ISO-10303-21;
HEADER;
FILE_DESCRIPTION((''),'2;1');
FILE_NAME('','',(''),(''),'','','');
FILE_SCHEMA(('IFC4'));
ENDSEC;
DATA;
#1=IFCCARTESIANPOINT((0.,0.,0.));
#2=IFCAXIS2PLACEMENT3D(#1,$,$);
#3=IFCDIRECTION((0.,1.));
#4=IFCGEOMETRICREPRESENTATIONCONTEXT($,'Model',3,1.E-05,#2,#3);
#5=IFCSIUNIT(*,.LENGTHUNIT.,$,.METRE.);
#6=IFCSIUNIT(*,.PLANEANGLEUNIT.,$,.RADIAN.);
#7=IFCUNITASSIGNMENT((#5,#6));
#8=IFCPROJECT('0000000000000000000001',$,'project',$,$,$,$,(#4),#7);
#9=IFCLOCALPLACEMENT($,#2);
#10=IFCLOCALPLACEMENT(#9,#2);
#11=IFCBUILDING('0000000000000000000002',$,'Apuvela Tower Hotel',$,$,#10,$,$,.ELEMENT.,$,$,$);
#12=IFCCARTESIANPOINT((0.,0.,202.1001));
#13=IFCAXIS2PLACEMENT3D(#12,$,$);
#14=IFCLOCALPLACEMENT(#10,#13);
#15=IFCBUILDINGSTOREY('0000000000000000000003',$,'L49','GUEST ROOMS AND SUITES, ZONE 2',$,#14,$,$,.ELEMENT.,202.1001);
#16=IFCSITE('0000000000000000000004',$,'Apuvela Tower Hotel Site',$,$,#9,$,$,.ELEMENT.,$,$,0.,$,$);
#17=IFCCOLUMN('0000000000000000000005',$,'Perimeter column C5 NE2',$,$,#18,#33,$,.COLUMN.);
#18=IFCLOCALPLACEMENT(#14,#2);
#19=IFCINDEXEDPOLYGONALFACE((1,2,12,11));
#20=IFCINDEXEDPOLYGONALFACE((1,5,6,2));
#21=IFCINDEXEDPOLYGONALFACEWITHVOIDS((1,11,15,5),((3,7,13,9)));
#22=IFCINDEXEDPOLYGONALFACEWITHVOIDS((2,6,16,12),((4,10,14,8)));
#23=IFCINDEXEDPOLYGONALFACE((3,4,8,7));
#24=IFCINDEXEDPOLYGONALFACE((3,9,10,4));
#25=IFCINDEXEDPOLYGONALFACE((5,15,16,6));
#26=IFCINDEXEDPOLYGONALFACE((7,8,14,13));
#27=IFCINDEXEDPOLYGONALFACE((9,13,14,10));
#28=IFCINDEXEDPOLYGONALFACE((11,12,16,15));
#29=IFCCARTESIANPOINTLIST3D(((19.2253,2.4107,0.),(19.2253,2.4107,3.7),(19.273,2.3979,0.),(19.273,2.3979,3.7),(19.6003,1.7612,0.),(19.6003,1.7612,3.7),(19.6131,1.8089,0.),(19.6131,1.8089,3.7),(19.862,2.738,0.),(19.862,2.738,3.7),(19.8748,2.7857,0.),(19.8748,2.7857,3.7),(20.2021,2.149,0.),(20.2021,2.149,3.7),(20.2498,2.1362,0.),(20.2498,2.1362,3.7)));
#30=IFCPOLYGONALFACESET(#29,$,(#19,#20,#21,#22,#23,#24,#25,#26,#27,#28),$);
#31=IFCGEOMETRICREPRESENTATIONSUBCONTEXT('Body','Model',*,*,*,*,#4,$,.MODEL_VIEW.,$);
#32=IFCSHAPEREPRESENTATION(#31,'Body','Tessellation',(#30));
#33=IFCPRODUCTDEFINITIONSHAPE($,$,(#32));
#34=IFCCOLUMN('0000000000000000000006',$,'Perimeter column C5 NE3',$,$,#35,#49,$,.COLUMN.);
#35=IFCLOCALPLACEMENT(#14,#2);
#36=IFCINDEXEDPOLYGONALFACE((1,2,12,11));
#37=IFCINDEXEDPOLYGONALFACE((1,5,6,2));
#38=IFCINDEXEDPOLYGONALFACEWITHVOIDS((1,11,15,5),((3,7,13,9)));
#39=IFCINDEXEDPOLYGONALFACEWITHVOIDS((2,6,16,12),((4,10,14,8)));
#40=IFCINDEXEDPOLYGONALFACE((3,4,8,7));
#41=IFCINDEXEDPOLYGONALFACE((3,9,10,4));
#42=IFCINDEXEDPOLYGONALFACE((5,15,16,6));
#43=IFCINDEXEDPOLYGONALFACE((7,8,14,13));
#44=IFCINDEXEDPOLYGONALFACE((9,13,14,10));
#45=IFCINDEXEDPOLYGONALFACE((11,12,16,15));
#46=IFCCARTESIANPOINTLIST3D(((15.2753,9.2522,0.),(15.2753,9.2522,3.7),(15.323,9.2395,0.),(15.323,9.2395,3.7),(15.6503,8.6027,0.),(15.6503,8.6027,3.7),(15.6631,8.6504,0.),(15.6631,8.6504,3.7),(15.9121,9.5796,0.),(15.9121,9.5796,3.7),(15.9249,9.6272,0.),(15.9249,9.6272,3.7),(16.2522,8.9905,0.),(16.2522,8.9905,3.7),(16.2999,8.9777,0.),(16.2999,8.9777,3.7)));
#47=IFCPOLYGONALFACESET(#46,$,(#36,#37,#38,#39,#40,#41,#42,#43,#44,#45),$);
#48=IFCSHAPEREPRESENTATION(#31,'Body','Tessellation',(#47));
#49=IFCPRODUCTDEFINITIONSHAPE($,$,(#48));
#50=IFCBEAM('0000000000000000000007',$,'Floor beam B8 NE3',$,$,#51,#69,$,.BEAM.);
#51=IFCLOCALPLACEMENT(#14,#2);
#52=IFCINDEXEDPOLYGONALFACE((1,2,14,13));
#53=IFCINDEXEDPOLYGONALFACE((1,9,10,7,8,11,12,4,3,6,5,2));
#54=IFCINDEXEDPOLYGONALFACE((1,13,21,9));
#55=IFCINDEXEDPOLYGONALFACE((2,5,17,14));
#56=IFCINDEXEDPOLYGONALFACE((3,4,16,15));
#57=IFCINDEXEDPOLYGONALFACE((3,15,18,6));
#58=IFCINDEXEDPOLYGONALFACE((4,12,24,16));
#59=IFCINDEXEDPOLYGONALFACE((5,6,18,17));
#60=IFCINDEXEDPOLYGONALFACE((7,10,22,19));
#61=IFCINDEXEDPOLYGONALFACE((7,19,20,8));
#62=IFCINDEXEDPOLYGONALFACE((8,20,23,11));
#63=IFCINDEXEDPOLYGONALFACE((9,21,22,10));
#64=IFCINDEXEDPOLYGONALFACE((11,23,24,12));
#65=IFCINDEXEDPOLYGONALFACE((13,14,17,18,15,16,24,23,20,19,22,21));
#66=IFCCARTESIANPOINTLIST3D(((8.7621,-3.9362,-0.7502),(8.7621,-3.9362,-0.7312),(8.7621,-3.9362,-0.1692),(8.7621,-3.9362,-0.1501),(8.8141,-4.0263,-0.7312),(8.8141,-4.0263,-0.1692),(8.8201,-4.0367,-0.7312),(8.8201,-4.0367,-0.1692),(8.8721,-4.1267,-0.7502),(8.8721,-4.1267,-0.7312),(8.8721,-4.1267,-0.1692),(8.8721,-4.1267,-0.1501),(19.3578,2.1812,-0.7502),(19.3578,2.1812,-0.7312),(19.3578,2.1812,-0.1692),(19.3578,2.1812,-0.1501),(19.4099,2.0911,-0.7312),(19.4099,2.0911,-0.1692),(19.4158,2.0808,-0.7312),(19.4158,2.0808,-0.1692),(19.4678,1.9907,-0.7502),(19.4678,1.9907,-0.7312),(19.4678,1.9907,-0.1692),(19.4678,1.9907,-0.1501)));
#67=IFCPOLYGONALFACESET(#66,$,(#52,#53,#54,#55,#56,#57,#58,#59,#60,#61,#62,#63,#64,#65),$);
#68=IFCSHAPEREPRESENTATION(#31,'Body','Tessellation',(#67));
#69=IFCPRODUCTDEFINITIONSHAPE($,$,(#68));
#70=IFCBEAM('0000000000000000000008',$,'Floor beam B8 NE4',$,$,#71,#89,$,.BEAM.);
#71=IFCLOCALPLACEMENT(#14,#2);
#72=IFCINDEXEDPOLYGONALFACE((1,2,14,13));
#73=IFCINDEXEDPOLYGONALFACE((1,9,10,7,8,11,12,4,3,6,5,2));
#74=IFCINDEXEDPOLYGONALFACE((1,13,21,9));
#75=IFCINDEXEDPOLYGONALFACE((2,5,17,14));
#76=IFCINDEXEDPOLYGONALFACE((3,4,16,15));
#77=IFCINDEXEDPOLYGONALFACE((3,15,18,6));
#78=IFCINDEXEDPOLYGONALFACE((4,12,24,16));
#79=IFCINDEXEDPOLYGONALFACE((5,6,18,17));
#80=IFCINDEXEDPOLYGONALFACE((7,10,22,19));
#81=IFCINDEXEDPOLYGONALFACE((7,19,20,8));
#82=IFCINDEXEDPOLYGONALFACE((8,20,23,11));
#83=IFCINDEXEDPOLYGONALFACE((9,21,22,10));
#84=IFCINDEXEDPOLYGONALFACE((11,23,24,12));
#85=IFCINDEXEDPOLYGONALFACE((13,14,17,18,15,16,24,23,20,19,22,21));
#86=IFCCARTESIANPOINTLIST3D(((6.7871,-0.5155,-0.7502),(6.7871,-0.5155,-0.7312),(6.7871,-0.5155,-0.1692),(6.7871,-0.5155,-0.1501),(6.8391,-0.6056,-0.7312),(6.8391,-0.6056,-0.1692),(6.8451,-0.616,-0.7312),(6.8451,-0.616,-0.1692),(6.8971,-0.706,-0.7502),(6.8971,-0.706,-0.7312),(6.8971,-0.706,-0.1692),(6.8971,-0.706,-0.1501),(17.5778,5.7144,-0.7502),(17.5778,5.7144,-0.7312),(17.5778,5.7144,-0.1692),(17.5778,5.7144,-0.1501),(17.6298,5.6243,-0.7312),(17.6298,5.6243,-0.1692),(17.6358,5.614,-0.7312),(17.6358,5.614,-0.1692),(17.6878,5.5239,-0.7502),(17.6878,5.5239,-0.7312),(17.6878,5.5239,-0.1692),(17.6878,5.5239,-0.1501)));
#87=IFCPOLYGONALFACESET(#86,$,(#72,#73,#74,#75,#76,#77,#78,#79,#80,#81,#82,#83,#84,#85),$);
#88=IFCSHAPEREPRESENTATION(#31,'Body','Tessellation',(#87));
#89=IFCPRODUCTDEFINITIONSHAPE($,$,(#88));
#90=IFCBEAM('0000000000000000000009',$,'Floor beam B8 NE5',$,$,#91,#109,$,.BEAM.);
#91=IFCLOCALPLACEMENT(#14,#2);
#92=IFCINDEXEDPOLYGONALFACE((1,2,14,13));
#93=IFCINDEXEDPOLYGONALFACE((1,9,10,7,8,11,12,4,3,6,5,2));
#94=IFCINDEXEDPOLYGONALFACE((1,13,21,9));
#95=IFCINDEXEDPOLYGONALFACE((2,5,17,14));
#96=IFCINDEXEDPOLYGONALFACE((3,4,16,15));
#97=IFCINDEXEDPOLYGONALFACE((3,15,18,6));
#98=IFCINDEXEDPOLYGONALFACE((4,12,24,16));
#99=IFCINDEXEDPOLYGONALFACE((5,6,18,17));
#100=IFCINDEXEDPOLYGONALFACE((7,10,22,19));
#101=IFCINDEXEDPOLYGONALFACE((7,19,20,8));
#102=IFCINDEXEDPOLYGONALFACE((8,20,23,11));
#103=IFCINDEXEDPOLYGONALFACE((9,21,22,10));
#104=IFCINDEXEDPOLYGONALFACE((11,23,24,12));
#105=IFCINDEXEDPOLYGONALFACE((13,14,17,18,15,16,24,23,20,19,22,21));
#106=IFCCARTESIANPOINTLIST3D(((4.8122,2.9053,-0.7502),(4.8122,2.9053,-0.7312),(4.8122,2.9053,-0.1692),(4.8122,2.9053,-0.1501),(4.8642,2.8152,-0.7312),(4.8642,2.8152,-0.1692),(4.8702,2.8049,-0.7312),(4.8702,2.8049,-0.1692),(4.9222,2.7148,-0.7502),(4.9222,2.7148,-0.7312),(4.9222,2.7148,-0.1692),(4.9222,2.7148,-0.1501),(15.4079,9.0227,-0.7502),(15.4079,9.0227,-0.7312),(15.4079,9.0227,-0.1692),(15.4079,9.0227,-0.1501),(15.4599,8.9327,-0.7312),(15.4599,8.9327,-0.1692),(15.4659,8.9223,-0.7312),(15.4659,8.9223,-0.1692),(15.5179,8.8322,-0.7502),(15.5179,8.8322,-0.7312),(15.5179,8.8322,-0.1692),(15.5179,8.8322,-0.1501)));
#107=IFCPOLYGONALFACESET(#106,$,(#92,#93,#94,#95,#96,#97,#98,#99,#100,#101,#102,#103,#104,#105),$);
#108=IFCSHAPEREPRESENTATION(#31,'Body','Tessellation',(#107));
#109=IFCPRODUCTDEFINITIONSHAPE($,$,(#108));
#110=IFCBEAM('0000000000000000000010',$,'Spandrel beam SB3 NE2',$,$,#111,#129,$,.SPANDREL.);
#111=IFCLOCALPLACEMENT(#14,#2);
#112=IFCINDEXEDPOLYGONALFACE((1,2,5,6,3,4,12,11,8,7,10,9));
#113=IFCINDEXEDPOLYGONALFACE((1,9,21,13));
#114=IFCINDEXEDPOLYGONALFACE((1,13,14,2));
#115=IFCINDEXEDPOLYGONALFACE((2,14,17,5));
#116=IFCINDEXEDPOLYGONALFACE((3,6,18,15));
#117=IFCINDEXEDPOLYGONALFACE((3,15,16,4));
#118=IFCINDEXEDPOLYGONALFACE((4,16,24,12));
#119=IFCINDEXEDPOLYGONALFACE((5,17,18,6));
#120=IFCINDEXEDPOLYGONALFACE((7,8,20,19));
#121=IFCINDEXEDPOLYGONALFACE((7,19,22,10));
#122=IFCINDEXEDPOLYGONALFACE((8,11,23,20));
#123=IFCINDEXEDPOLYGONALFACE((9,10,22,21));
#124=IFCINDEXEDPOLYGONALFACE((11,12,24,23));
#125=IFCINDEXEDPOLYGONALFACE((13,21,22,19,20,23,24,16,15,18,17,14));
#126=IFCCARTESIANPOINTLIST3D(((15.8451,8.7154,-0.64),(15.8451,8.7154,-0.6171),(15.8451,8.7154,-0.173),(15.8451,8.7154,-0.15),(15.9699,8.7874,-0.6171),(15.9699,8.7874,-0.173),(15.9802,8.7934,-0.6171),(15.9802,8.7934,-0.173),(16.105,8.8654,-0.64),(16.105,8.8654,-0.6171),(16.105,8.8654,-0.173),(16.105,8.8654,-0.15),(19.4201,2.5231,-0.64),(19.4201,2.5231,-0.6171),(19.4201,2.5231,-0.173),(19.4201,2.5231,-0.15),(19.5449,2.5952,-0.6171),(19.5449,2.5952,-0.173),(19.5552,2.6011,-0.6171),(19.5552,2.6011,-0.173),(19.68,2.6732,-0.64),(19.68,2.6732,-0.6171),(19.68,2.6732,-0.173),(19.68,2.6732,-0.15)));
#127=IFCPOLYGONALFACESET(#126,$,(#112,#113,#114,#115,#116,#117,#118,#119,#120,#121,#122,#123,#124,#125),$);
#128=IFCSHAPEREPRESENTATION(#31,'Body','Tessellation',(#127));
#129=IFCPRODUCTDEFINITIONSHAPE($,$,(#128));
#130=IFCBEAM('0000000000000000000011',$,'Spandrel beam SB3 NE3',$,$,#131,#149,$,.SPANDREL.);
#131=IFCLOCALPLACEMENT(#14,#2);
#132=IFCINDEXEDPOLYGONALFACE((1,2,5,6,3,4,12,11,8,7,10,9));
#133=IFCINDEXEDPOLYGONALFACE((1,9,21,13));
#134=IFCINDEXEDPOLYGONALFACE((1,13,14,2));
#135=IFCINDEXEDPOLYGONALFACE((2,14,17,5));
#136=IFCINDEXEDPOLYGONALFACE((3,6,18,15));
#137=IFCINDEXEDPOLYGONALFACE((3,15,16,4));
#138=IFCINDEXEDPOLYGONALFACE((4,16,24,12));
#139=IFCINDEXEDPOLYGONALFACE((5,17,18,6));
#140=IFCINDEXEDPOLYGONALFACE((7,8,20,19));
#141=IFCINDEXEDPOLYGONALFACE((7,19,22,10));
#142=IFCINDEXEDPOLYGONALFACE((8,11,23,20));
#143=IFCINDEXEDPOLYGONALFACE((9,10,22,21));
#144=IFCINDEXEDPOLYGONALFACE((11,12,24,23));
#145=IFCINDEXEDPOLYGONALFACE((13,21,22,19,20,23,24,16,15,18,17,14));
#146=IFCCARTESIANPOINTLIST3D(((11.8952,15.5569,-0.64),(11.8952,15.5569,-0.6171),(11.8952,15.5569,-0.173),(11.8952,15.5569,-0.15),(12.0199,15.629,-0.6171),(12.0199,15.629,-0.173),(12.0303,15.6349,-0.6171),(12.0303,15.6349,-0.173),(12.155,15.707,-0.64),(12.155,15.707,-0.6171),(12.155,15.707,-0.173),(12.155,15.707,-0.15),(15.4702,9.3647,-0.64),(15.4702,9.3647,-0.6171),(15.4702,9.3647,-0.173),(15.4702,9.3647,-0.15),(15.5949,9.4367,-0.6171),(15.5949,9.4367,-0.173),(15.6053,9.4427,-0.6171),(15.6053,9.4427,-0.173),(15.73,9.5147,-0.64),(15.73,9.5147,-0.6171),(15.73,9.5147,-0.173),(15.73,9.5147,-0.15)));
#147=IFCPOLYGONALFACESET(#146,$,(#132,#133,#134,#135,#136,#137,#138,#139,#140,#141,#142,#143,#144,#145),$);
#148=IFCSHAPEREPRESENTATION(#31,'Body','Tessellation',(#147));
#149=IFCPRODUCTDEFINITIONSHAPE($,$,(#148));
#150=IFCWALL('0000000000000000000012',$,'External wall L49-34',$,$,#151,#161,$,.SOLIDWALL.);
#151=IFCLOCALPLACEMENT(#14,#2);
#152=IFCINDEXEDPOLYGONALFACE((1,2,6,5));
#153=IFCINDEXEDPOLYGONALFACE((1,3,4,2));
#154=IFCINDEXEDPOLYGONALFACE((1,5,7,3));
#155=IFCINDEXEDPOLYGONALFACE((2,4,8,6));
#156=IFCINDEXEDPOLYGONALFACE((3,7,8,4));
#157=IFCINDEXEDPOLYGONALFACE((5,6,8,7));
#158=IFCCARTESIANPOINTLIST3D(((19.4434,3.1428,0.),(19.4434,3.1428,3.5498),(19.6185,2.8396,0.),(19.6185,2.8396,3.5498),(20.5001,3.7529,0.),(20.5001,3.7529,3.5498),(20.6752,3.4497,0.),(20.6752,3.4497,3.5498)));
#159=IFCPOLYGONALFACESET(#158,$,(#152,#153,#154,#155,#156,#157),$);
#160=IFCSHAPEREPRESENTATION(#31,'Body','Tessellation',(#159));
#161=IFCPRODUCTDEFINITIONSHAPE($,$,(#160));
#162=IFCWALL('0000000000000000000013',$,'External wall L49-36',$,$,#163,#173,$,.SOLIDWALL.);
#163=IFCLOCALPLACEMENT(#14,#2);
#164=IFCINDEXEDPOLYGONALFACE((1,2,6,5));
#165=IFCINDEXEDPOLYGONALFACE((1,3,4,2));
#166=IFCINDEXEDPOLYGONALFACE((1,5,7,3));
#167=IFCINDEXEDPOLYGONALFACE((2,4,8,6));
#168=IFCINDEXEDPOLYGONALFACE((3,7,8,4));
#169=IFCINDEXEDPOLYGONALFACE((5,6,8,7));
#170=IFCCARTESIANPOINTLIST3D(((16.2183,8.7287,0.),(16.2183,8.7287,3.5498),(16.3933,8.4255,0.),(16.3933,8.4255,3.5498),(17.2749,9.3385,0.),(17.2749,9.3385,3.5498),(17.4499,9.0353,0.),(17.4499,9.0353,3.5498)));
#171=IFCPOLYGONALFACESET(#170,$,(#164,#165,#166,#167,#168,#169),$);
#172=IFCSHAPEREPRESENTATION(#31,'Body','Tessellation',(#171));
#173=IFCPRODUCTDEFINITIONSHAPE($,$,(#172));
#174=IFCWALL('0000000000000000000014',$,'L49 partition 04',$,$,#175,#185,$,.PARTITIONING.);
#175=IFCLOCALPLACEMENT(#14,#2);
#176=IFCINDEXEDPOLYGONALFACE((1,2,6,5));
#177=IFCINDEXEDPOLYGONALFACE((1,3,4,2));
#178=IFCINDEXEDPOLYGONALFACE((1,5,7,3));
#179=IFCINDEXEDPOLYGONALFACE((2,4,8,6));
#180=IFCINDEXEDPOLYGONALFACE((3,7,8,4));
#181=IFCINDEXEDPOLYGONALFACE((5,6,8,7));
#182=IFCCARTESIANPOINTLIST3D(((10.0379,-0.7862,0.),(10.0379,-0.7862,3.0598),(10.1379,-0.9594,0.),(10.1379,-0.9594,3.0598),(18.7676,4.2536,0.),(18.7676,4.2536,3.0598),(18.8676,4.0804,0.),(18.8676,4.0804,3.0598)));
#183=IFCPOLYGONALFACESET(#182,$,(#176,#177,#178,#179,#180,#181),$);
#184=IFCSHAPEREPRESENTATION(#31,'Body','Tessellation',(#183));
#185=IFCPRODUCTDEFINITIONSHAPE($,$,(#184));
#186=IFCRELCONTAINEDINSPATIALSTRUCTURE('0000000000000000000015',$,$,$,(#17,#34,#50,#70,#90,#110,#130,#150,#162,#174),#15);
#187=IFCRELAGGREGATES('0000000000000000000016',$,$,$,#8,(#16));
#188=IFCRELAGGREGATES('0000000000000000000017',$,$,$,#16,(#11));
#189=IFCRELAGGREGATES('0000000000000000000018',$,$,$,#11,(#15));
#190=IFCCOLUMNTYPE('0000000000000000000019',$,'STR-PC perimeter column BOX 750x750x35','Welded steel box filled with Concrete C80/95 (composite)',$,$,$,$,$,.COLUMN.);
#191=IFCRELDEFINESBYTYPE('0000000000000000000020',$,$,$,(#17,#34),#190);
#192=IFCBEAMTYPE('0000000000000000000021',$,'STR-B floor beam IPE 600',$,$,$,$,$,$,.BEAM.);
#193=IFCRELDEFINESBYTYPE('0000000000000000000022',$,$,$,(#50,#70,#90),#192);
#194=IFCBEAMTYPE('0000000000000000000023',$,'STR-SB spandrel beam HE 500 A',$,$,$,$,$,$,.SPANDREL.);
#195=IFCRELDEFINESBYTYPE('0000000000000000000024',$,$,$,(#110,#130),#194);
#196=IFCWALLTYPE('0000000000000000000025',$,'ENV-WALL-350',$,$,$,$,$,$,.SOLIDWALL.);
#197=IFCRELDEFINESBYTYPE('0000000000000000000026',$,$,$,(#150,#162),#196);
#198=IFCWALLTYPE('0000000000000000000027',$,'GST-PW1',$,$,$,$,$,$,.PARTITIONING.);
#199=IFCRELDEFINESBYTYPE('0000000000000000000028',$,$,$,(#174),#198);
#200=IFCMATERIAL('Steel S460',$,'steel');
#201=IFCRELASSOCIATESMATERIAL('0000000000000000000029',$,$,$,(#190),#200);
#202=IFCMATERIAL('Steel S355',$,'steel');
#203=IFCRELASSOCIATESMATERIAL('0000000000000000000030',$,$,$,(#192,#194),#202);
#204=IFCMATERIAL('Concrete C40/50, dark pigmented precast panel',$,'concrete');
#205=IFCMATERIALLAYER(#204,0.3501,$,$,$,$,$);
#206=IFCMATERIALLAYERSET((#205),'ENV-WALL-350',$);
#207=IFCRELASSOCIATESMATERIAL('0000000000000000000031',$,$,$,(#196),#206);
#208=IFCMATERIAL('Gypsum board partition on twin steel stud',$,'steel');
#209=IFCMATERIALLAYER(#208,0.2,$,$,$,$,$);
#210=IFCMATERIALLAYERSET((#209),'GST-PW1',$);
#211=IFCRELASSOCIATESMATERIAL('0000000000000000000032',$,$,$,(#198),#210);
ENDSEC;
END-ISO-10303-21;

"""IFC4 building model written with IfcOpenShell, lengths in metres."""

from ifc_helpers import new_model, si_unit, direction, frame, frame_2d, origin, origin_2d, place, context, subcontext, project, spatial, rectangle, hollow_rectangle, i_section, extrude, material, layer, layer_set, material_profile, profile_set, type_object, element, save


model = new_model("IFC4")

# Units and contexts
model_context = context("Model", 3, precision=1e-05, world=origin(), true_north=direction((0.0, 1.0)))
body_context = subcontext(model_context, "Body", "Model", "MODEL_VIEW")
ifc_project = project(units=[si_unit("LENGTHUNIT", "METRE"), si_unit("PLANEANGLEUNIT", "RADIAN")], contexts=[model_context])

# Site, building, storey
site_placement = place(None, origin())
site = spatial("IfcSite", under=ifc_project, at=site_placement, Name="Apuvela Tower Hotel Site", CompositionType="ELEMENT", RefElevation=0.0)
building_placement = place(site_placement, origin())
building = spatial("IfcBuilding", under=site, at=building_placement, Name="Apuvela Tower Hotel", CompositionType="ELEMENT")
storey_placement = place(building_placement, frame((0.0, 0.0, 202.1001)))
storey = spatial("IfcBuildingStorey", under=building, at=storey_placement, Name="L49", Description="GUEST ROOMS AND SUITES, ZONE 2", CompositionType="ELEMENT", Elevation=202.1001)

# Columns
ifc_material_1 = material(Name="Steel S460", Category="steel")
ifc_material_profile_1 = material_profile(ifc_material_1, hollow_rectangle(XDim=0.75, YDim=0.75, WallThickness=0.0349, at=origin_2d()), Name="BOX 750x750x35")
ifc_material_2 = material(Name="Concrete C80/95", Category="concrete")
ifc_material_profile_2 = material_profile(ifc_material_2, rectangle(XDim=0.6799, YDim=0.6799, at=origin_2d()), Name="Concrete C80/95 infill")
ifc_profile_set_1 = profile_set([ifc_material_profile_1, ifc_material_profile_2], Name="Steel S460")
column_type = type_object("IfcColumnType", Name="STR-PC perimeter column BOX 750x750x35", Description="Welded steel box filled with Concrete C80/95 (composite)", PredefinedType="COLUMN", material=ifc_profile_set_1)
for number, where, z_axis, x_axis, name in (
    (1, (19.7375, 2.2734, 0.0), (0.0, 0.0, 1.0), (-0.5, 0.866025, 0.0), "Perimeter column C5 NE2"),
    (2, (15.7876, 9.115, 0.0), (0.0, 0.0, 1.0), (-0.5, 0.866025, 0.0), "Perimeter column C5 NE3"),
):
    element("IfcColumn", number, at=place(storey_placement, frame(where, z_axis=z_axis, x_axis=x_axis)), inside=storey, type_object=column_type, Name=name, PredefinedType="COLUMN", context=body_context, shape_type="SweptSolid", body=[
        extrude(hollow_rectangle(XDim=0.75, YDim=0.75, WallThickness=0.0349, at=origin_2d()), origin(), (0.0, 0.0, 1.0), 3.7),
    ])

# Beams
ifc_material_3 = material(Name="Steel S355", Category="steel")
ifc_material_profile_3 = material_profile(ifc_material_3, i_section(OverallWidth=0.22, OverallDepth=0.6001, WebThickness=0.012, FlangeThickness=0.019, at=origin_2d()), Name="IPE 600")
ifc_profile_set_2 = profile_set([ifc_material_profile_3], Name="Steel S355")
beam_type_1 = type_object("IfcBeamType", Name="STR-B floor beam IPE 600", PredefinedType="BEAM", material=ifc_profile_set_2)
beam_1_placement = place(storey_placement, frame((19.4128, 2.0859, -0.4502), z_axis=(-0.866025, -0.5, 0.0), x_axis=(0.5, -0.866025, 0.0)))
element("IfcBeam", 3, at=beam_1_placement, inside=storey, type_object=beam_type_1, Name="Floor beam B8 NE3", PredefinedType="BEAM", context=body_context, shape_type="SweptSolid", body=[
    extrude(i_section(OverallWidth=0.22, OverallDepth=0.6001, WebThickness=0.012, FlangeThickness=0.019, at=origin_2d()), origin(), (0.0, 0.0, 1.0), 12.2349),
])
beam_2_placement = place(storey_placement, frame((17.6328, 5.6191, -0.4502), z_axis=(-0.866028, -0.499996, 0.0), x_axis=(0.499996, -0.866028, 0.0)))
element("IfcBeam", 4, at=beam_2_placement, inside=storey, type_object=beam_type_1, Name="Floor beam B8 NE4", PredefinedType="BEAM", context=body_context, shape_type="SweptSolid", body=[
    extrude(i_section(OverallWidth=0.22, OverallDepth=0.6001, WebThickness=0.012, FlangeThickness=0.019, at=origin_2d()), origin(), (0.0, 0.0, 1.0), 12.46),
])
beam_3_placement = place(storey_placement, frame((15.4629, 8.9275, -0.4502), z_axis=(-0.866025, -0.5, 0.0), x_axis=(0.5, -0.866025, 0.0)))
element("IfcBeam", 5, at=beam_3_placement, inside=storey, type_object=beam_type_1, Name="Floor beam B8 NE5", PredefinedType="BEAM", context=body_context, shape_type="SweptSolid", body=[
    extrude(i_section(OverallWidth=0.22, OverallDepth=0.6001, WebThickness=0.012, FlangeThickness=0.019, at=origin_2d()), origin(), (0.0, 0.0, 1.0), 12.2349),
])
ifc_material_profile_4 = material_profile(ifc_material_3, i_section(OverallWidth=0.3, OverallDepth=0.49, WebThickness=0.012, FlangeThickness=0.0229, at=origin_2d()), Name="HE 500 A")
ifc_profile_set_3 = profile_set([ifc_material_profile_4], Name="Steel S355")
beam_type_2 = type_object("IfcBeamType", Name="STR-SB spandrel beam HE 500 A", PredefinedType="SPANDREL", material=ifc_profile_set_3)
for number, where, z_axis, x_axis, name in (
    (6, (19.55, 2.5981, -0.395), (-0.499991, 0.86603, 0.0), (-0.86603, -0.499991, 0.0), "Spandrel beam SB3 NE2"),
    (7, (15.6001, 9.4397, -0.395), (-0.499991, 0.86603, 0.0), (-0.86603, -0.499991, 0.0), "Spandrel beam SB3 NE3"),
):
    element("IfcBeam", number, at=place(storey_placement, frame(where, z_axis=z_axis, x_axis=x_axis)), inside=storey, type_object=beam_type_2, Name=name, PredefinedType="SPANDREL", context=body_context, shape_type="SweptSolid", body=[
        extrude(i_section(OverallWidth=0.3, OverallDepth=0.49, WebThickness=0.012, FlangeThickness=0.0229, at=origin_2d()), origin(), (0.0, 0.0, 1.0), 7.1501),
    ])

# Wall
ifc_material_4 = material(Name="Concrete C40/50, dark pigmented precast panel", Category="concrete")
ifc_layer_1 = layer(ifc_material_4, 0.3501)
ifc_layer_set_1 = layer_set([ifc_layer_1], Name="ENV-WALL-350")
wall_type_1 = type_object("IfcWallType", Name="ENV-WALL-350", PredefinedType="SOLIDWALL", material=ifc_layer_set_1)
wall_1_placement = place(storey_placement, frame((20.5876, 3.6013, 0.0), z_axis=(0.0, 0.0, 1.0), x_axis=(-0.866006, -0.500034, 0.0)))
element("IfcWall", 8, at=wall_1_placement, inside=storey, type_object=wall_type_1, Name="External wall L49-34", PredefinedType="SOLIDWALL", context=body_context, shape_type="SweptSolid", body=[
    extrude(rectangle(XDim=1.2202, YDim=0.3501, at=frame_2d((0.6101, 0.0))), origin(), (0.0, 0.0, 1.0), 3.5498),
])

# Wall
wall_2_placement = place(storey_placement, frame((16.3059, 8.5771, 0.0), z_axis=(0.0, 0.0, 1.0), x_axis=(0.866092, 0.499884, 0.0)))
element("IfcWall", 9, at=wall_2_placement, inside=storey, type_object=wall_type_1, Name="External wall L49-36", PredefinedType="SOLIDWALL", context=body_context, shape_type="SweptSolid", body=[
    extrude(rectangle(XDim=1.22, YDim=0.3501, at=frame_2d((0.6099, 0.0))), origin(), (0.0, 0.0, 1.0), 3.5498),
])

# Wall
ifc_material_5 = material(Name="Gypsum board partition on twin steel stud", Category="steel")
ifc_layer_2 = layer(ifc_material_5, 0.2)
ifc_layer_set_2 = layer_set([ifc_layer_2], Name="GST-PW1")
wall_type_2 = type_object("IfcWallType", Name="GST-PW1", PredefinedType="PARTITIONING", material=ifc_layer_set_2)
wall_3_placement = place(storey_placement, frame((18.8176, 4.167, 0.0), z_axis=(0.0, 0.0, 1.0), x_axis=(-0.866039, -0.499976, 0.0)))
element("IfcWall", 10, at=wall_3_placement, inside=storey, type_object=wall_type_2, Name="L49 partition 04", PredefinedType="PARTITIONING", context=body_context, shape_type="SweptSolid", body=[
    extrude(rectangle(XDim=10.0801, YDim=0.2, at=frame_2d((5.04, 0.0))), origin(), (0.0, 0.0, 1.0), 3.0598),
])

save(model, "model.ifc")
